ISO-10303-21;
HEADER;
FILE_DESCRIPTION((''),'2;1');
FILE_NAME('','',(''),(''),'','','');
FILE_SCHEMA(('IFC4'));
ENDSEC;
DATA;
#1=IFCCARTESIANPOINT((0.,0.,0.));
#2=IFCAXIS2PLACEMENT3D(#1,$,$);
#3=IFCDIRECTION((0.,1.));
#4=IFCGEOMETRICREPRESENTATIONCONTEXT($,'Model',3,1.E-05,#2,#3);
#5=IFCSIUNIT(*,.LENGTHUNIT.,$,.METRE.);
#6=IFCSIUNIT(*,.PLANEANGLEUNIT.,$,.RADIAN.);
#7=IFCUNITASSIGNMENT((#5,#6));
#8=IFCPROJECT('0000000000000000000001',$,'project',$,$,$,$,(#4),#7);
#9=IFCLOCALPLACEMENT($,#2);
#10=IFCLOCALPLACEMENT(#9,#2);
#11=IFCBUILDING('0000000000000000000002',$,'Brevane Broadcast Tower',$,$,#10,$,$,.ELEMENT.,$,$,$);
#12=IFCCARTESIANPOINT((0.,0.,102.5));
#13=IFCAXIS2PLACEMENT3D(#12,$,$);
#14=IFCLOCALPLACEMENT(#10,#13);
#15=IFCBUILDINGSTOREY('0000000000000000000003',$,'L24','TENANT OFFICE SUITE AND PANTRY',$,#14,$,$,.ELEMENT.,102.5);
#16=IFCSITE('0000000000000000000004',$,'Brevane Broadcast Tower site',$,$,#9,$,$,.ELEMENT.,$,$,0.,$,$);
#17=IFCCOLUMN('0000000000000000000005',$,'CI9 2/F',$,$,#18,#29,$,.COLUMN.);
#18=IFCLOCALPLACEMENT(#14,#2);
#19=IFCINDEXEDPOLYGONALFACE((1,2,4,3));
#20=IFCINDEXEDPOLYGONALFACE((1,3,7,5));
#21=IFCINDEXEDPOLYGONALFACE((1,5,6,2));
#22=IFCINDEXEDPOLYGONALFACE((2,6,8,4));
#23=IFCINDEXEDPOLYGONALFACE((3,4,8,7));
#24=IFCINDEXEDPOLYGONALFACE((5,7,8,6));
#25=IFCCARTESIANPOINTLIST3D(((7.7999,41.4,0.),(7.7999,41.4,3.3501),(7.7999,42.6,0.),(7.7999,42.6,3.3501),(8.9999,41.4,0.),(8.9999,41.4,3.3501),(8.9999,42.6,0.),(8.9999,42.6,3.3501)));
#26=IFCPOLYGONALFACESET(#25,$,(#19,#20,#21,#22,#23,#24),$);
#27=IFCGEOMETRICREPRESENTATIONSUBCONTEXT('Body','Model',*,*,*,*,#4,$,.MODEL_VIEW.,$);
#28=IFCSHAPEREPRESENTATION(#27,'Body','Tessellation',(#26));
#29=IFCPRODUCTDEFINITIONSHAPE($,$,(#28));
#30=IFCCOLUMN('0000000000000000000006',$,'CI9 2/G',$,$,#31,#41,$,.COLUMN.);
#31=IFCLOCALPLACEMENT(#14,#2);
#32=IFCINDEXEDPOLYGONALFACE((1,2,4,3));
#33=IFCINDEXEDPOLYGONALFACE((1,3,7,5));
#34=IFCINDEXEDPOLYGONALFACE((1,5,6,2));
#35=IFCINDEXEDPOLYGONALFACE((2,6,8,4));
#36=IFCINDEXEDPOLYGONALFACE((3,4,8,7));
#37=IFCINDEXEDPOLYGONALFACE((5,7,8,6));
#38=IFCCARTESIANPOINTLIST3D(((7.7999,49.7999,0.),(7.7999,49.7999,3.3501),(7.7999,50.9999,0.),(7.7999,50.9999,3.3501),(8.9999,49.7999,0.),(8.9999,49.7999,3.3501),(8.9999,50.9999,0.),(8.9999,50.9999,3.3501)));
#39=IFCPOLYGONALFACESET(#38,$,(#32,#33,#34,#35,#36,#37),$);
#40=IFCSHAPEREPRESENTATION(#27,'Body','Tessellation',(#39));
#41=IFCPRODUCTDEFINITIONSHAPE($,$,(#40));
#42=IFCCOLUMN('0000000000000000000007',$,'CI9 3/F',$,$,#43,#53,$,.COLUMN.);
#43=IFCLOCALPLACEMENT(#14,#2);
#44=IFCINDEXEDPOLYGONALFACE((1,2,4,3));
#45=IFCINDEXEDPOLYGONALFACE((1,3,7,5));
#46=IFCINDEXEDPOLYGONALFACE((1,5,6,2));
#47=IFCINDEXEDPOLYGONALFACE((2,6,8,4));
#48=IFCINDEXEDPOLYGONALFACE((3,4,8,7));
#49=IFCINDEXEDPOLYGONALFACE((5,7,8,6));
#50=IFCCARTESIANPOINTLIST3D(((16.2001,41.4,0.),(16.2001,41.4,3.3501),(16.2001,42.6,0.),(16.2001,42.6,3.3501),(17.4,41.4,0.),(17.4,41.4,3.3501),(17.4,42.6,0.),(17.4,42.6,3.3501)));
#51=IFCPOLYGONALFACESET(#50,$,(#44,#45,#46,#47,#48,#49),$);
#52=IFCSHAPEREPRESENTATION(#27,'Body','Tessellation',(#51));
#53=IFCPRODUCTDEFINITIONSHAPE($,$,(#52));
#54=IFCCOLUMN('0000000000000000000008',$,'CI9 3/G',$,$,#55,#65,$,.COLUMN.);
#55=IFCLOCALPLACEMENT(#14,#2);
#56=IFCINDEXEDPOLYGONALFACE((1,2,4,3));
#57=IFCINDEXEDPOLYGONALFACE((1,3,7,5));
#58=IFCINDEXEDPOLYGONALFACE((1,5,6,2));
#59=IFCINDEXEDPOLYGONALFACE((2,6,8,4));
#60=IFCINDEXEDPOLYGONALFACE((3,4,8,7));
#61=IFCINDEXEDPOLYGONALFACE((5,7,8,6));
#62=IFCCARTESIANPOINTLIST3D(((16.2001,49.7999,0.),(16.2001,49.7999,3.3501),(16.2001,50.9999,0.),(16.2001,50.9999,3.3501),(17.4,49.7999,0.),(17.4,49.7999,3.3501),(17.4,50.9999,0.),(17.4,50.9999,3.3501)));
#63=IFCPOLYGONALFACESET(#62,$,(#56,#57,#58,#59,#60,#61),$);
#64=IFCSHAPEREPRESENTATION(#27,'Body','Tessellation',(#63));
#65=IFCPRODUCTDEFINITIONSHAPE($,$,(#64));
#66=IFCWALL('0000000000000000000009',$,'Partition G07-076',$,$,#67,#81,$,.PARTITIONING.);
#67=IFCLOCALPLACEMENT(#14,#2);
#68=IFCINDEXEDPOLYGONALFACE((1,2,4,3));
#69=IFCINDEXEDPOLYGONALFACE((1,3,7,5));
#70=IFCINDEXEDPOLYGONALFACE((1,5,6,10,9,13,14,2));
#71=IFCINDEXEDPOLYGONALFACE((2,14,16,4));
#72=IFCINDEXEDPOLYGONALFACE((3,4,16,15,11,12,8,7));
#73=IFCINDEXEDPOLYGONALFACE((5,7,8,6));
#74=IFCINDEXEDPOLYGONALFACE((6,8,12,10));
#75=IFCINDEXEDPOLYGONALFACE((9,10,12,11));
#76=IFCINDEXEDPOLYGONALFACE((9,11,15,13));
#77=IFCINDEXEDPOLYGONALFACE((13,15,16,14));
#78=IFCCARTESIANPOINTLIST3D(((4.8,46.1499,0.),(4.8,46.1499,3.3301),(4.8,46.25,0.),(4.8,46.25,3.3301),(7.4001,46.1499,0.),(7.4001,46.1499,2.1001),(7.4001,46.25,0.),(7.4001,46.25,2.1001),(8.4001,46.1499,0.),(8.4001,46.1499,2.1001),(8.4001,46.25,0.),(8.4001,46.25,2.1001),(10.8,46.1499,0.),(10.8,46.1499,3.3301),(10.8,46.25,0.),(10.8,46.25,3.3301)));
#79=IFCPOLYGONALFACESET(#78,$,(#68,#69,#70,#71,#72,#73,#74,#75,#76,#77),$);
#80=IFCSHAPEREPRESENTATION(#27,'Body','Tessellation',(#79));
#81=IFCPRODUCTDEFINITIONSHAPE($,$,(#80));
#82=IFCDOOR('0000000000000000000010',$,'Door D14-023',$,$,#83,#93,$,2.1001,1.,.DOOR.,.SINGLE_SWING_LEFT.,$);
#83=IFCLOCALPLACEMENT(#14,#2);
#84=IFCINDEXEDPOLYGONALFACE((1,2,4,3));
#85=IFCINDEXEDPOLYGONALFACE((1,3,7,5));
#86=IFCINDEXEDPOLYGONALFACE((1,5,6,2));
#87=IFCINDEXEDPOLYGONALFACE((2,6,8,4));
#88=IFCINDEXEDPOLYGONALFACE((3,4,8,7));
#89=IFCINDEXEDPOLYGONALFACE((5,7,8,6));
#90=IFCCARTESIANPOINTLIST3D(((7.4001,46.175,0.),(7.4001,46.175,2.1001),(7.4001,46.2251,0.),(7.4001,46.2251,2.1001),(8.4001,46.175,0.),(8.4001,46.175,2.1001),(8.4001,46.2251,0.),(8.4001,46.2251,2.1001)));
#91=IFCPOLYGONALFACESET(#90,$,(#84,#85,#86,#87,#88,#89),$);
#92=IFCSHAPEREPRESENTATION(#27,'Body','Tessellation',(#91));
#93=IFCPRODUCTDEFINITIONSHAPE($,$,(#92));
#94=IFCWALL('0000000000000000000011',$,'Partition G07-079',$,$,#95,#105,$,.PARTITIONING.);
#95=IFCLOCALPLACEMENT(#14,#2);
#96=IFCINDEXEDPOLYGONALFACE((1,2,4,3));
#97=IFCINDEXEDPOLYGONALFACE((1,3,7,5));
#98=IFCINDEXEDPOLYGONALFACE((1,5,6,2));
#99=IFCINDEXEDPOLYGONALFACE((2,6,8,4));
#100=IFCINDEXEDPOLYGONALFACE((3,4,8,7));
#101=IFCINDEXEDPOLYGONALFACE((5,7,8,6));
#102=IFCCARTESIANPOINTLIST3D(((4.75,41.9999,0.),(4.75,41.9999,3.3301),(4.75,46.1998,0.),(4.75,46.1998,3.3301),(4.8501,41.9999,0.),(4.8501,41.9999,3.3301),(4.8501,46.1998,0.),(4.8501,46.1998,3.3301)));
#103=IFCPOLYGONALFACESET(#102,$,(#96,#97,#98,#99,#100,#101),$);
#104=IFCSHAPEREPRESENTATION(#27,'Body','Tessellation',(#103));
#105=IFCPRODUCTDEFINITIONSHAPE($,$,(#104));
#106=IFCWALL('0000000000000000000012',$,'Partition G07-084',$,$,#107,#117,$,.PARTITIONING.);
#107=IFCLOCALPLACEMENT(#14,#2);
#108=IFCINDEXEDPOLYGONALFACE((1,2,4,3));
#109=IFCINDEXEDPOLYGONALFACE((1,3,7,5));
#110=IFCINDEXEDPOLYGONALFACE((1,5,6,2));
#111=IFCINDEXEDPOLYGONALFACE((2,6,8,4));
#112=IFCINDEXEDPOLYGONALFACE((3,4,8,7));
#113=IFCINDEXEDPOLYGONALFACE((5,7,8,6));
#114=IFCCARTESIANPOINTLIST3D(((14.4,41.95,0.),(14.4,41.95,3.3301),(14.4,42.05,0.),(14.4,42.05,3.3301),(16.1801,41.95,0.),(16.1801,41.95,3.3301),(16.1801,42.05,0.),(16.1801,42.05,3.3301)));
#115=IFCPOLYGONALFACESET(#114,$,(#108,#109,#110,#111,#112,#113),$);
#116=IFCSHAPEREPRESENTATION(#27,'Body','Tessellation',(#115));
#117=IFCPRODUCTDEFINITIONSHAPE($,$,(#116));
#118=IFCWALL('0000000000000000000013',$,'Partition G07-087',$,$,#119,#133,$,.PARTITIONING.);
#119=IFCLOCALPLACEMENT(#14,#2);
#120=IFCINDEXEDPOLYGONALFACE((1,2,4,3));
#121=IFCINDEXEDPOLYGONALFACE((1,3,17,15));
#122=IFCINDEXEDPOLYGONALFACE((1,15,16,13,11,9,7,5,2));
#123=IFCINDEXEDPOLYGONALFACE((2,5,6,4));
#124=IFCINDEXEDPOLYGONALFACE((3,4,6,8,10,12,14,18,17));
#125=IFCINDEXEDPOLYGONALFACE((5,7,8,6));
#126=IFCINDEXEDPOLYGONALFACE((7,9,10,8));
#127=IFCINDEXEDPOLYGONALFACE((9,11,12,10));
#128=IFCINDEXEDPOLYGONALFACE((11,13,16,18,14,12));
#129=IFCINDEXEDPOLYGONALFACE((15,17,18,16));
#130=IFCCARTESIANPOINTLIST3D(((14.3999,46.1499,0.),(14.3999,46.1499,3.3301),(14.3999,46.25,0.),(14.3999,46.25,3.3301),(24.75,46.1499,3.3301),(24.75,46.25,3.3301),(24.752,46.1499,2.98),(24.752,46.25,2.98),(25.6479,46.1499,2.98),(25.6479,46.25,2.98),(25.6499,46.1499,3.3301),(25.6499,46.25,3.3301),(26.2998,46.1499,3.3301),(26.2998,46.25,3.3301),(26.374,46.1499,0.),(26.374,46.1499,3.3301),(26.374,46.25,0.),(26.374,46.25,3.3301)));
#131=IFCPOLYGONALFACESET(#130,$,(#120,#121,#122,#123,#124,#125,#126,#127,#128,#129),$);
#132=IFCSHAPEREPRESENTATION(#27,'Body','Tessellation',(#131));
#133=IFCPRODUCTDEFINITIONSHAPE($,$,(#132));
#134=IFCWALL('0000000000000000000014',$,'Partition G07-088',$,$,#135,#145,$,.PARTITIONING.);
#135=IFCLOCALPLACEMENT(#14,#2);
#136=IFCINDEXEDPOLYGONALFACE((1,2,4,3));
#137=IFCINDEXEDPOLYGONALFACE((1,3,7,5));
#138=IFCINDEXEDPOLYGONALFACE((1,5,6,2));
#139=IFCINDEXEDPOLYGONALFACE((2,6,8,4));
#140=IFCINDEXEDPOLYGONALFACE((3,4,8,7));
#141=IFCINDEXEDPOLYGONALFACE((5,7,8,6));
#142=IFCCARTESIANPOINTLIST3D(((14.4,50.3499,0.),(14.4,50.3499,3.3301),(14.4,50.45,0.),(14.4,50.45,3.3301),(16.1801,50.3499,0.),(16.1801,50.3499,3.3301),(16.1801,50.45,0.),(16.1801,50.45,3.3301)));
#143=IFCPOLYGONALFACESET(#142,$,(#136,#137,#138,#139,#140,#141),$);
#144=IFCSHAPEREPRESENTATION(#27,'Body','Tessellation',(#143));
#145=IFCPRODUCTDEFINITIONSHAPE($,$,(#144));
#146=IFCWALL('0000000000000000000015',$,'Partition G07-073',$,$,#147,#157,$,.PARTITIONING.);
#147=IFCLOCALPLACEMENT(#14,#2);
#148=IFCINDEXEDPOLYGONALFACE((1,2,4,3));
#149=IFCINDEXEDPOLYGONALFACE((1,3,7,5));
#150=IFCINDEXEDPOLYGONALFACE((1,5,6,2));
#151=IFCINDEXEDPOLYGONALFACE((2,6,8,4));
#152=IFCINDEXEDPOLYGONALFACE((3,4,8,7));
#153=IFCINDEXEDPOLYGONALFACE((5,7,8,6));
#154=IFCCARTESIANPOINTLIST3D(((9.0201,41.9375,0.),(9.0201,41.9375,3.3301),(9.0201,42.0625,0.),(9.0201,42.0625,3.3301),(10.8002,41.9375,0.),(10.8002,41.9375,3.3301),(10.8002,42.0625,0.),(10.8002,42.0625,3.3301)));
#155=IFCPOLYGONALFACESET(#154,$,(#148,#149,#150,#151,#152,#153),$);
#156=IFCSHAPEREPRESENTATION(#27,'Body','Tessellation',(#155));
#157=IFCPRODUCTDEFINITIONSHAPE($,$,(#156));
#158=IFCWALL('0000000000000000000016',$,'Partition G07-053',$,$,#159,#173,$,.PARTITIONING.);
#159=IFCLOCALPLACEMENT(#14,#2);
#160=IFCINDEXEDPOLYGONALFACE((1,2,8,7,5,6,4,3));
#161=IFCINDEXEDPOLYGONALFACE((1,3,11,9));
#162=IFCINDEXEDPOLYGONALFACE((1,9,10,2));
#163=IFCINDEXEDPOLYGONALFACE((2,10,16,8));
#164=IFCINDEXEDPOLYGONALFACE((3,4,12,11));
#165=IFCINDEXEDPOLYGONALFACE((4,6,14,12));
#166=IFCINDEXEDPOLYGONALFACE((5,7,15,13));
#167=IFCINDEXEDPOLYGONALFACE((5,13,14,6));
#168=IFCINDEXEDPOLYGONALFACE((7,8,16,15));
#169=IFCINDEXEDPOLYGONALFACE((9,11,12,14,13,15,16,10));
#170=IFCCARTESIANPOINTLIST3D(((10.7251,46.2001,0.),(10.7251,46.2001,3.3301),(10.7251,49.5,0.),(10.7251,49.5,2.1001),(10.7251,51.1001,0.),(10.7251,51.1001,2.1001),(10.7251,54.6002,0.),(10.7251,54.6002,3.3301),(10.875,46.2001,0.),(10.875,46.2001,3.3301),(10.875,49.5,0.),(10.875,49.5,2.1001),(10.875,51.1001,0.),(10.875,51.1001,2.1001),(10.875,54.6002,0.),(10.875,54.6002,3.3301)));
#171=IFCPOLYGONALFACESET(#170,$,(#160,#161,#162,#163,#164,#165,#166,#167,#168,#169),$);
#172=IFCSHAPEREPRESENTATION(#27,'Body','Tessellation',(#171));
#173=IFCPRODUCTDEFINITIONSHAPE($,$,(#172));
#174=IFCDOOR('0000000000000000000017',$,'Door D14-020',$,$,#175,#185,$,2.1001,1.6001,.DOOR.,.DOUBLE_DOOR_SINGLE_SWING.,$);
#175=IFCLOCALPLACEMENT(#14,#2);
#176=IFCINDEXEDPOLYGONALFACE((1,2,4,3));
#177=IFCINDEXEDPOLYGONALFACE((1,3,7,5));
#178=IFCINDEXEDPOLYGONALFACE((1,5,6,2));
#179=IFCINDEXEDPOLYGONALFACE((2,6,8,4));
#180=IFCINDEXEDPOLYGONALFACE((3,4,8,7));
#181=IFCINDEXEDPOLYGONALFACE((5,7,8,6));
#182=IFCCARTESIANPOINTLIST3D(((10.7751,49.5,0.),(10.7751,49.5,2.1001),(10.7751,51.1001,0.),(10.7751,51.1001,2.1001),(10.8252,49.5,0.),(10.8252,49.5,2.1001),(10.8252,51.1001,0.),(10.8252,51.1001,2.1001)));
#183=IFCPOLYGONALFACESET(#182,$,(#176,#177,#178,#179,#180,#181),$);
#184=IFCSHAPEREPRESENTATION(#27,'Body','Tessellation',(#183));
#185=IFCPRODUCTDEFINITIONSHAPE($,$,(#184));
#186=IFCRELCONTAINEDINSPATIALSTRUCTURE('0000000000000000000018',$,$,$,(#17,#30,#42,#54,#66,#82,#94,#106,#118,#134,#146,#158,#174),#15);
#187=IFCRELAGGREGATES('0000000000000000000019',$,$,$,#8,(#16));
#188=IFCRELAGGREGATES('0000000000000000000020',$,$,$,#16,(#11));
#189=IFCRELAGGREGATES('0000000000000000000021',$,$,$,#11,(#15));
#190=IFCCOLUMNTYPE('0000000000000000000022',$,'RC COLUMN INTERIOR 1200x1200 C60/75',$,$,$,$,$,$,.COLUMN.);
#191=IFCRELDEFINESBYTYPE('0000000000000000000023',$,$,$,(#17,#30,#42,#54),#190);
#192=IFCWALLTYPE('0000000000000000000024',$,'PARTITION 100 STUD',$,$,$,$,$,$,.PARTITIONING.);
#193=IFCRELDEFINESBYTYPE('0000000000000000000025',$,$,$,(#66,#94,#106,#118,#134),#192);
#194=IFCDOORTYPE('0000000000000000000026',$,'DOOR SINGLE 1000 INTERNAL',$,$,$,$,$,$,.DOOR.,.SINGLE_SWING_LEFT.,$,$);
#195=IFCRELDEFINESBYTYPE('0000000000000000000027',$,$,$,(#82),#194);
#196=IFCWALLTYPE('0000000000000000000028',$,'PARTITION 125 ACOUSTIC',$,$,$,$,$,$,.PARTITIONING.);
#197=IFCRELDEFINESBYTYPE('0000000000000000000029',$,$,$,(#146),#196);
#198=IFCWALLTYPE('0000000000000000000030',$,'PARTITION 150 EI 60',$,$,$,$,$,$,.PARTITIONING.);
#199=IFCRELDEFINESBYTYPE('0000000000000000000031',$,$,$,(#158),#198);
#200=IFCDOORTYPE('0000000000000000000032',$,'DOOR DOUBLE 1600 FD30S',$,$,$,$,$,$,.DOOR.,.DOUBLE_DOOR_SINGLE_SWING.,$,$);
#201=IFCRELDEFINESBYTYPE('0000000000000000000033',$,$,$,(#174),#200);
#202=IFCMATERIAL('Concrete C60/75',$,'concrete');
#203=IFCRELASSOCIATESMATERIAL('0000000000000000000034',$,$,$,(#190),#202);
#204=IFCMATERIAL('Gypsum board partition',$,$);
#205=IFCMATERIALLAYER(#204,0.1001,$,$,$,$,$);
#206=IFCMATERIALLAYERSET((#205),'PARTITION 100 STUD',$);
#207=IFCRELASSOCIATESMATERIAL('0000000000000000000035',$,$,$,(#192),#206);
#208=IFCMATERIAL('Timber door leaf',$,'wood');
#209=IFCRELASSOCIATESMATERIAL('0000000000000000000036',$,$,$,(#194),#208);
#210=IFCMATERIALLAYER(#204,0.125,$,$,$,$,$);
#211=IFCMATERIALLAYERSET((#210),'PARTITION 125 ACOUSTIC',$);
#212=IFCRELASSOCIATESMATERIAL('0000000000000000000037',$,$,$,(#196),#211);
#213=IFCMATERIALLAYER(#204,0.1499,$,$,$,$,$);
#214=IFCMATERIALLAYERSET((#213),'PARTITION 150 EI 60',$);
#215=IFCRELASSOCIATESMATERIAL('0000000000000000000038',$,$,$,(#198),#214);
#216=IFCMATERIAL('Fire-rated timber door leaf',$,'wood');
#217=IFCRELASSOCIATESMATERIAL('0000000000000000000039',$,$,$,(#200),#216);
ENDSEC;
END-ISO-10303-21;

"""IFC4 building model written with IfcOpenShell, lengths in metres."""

from ifc_helpers import new_model, si_unit, direction, frame, frame_2d, origin, origin_2d, place, context, subcontext, project, spatial, polyline, rectangle, outline, extrude, material, layer, layer_set, material_profile, profile_set, type_object, element, fill, save


model = new_model("IFC4")

# Units and contexts
model_context = context("Model", 3, precision=1e-05, world=origin(), true_north=direction((0.0, 1.0)))
body_context = subcontext(model_context, "Body", "Model", "MODEL_VIEW")
ifc_project = project(units=[si_unit("LENGTHUNIT", "METRE"), si_unit("PLANEANGLEUNIT", "RADIAN")], contexts=[model_context])

# Site, building, storey
site_placement = place(None, origin())
site = spatial("IfcSite", under=ifc_project, at=site_placement, Name="Brevane Broadcast Tower site", CompositionType="ELEMENT", RefElevation=0.0)
building_placement = place(site_placement, origin())
building = spatial("IfcBuilding", under=site, at=building_placement, Name="Brevane Broadcast Tower", CompositionType="ELEMENT")
storey_placement = place(building_placement, frame((0.0, 0.0, 102.5)))
storey = spatial("IfcBuildingStorey", under=building, at=storey_placement, Name="L24", Description="TENANT OFFICE SUITE AND PANTRY", CompositionType="ELEMENT", Elevation=102.5)

# Columns
ifc_material_1 = material(Name="Concrete C60/75", Category="concrete")
ifc_material_profile = material_profile(ifc_material_1, rectangle(XDim=1.2, YDim=1.2, at=origin_2d()), Name="RC 1200x1200")
ifc_profile_set = profile_set([ifc_material_profile], Name="Concrete C60/75")
column_type = type_object("IfcColumnType", Name="RC COLUMN INTERIOR 1200x1200 C60/75", PredefinedType="COLUMN", material=ifc_profile_set)
for number, where, z_axis, x_axis, name in (
    (1, (8.3999, 42.0, 0.0), (0.0, 0.0, 1.0), (1.0, 0.0, 0.0), "CI9 2/F"),
    (2, (8.3999, 50.3999, 0.0), (0.0, 0.0, 1.0), (1.0, 0.0, 0.0), "CI9 2/G"),
    (3, (16.8, 42.0, 0.0), (0.0, 0.0, 1.0), (1.0, 0.0, 0.0), "CI9 3/F"),
    (4, (16.8, 50.3999, 0.0), (0.0, 0.0, 1.0), (1.0, 0.0, 0.0), "CI9 3/G"),
):
    element("IfcColumn", number, at=place(storey_placement, frame(where, z_axis=z_axis, x_axis=x_axis)), inside=storey, type_object=column_type, Name=name, PredefinedType="COLUMN", context=body_context, shape_type="SweptSolid", body=[
        extrude(rectangle(XDim=1.2, YDim=1.2, at=origin_2d()), origin(), (0.0, 0.0, 1.0), 3.3501),
    ])

# Wall, opening, door
ifc_material_2 = material(Name="Gypsum board partition")
ifc_layer_1 = layer(ifc_material_2, 0.1001)
ifc_layer_set_1 = layer_set([ifc_layer_1], Name="PARTITION 100 STUD")
wall_type_1 = type_object("IfcWallType", Name="PARTITION 100 STUD", PredefinedType="PARTITIONING", material=ifc_layer_set_1)
wall_1_placement = place(storey_placement, frame((10.8, 46.2, 0.0), z_axis=(0.0, 0.0, 1.0), x_axis=(-1.0, 0.0, 0.0)))
wall_1 = element("IfcWall", 5, at=wall_1_placement, inside=storey, type_object=wall_type_1, Name="Partition G07-076", PredefinedType="PARTITIONING", context=body_context, shape_type="SweptSolid", body=[
    extrude(rectangle(XDim=6.0, YDim=0.1001, at=frame_2d((3.0, 0.0))), origin(), (0.0, 0.0, 1.0), 3.3301),
])
opening_1_placement = place(wall_1_placement, frame((2.3999, 0.0, 0.0)))
opening_1 = element("IfcOpeningElement", 6, at=opening_1_placement, cuts=wall_1, PredefinedType="OPENING", context=body_context, shape_type="SweptSolid", body=[
    extrude(rectangle(XDim=1.0, YDim=2.1001, at=frame_2d((0.5, 1.05))), frame((0.0, 0.0601, 0.0), z_axis=(0.0, -1.0, 0.0), x_axis=(1.0, 0.0, 0.0)), (0.0, 0.0, 1.0), 0.1201),
])
ifc_material_3 = material(Name="Timber door leaf", Category="wood")
door_type_1 = type_object("IfcDoorType", Name="DOOR SINGLE 1000 INTERNAL", OperationType="SINGLE_SWING_LEFT", PredefinedType="DOOR", material=ifc_material_3)
door_1_placement = place(opening_1_placement, origin())
door_1 = element("IfcDoor", 7, at=door_1_placement, inside=storey, type_object=door_type_1, Name="Door D14-023", OperationType="SINGLE_SWING_LEFT", OverallHeight=2.1001, OverallWidth=1.0, PredefinedType="DOOR", context=body_context, shape_type="SweptSolid", body=[
    extrude(rectangle(XDim=1.0, YDim=2.1001, at=frame_2d((0.5, 1.05))), frame((0.0, 0.0249, 0.0), z_axis=(0.0, -1.0, 0.0), x_axis=(1.0, 0.0, 0.0)), (0.0, 0.0, 1.0), 0.05),
])
fill(opening_1, door_1)

# Walls
wall_2_placement = place(storey_placement, frame((4.8, 46.2, 0.0), z_axis=(0.0, 0.0, 1.0), x_axis=(0.0, -1.0, 0.0)))
element("IfcWall", 8, at=wall_2_placement, inside=storey, type_object=wall_type_1, Name="Partition G07-079", PredefinedType="PARTITIONING", context=body_context, shape_type="SweptSolid", body=[
    extrude(rectangle(XDim=4.2, YDim=0.1001, at=frame_2d((2.1001, 0.0))), origin(), (0.0, 0.0, 1.0), 3.3301),
])
wall_3_placement = place(storey_placement, frame((14.3999, 42.0, 0.0), z_axis=(0.0, 0.0, 1.0), x_axis=(1.0, 0.0, 0.0)))
element("IfcWall", 9, at=wall_3_placement, inside=storey, type_object=wall_type_1, Name="Partition G07-084", PredefinedType="PARTITIONING", context=body_context, shape_type="SweptSolid", body=[
    extrude(rectangle(XDim=1.78, YDim=0.1001, at=frame_2d((0.8901, 0.0))), origin(), (0.0, 0.0, 1.0), 3.3301),
])
wall_4_placement = place(storey_placement, frame((14.3999, 46.2, 0.0), z_axis=(0.0, 0.0, 1.0), x_axis=(1.0, 0.0, 0.0)))
element("IfcWall", 10, at=wall_4_placement, inside=storey, type_object=wall_type_1, Name="Partition G07-087", PredefinedType="PARTITIONING", context=body_context, shape_type="SweptSolid", body=[
    extrude(outline(polyline([(0.0, 0.0), (11.9741, 0.0), (11.9741, 3.3301), (11.8999, 3.3301), (11.25, 3.3301), (11.248, 2.98), (10.3521, 2.98), (10.3501, 3.3301), (0.0, 3.3301), (0.0, 0.0)])), frame((0.0, 0.05, 0.0), z_axis=(0.0, -1.0, 0.0), x_axis=(1.0, 0.0, 0.0)), (0.0, 0.0, 1.0), 0.1001),
])
wall_5_placement = place(storey_placement, frame((14.3999, 50.3999, 0.0), z_axis=(0.0, 0.0, 1.0), x_axis=(1.0, 0.0, 0.0)))
element("IfcWall", 11, at=wall_5_placement, inside=storey, type_object=wall_type_1, Name="Partition G07-088", PredefinedType="PARTITIONING", context=body_context, shape_type="SweptSolid", body=[
    extrude(rectangle(XDim=1.78, YDim=0.1001, at=frame_2d((0.8901, 0.0))), origin(), (0.0, 0.0, 1.0), 3.3301),
])
ifc_layer_2 = layer(ifc_material_2, 0.125)
ifc_layer_set_2 = layer_set([ifc_layer_2], Name="PARTITION 125 ACOUSTIC")
wall_type_2 = type_object("IfcWallType", Name="PARTITION 125 ACOUSTIC", PredefinedType="PARTITIONING", material=ifc_layer_set_2)
wall_6_placement = place(storey_placement, frame((9.02, 42.0, 0.0), z_axis=(0.0, 0.0, 1.0), x_axis=(1.0, 0.0, 0.0)))
element("IfcWall", 12, at=wall_6_placement, inside=storey, type_object=wall_type_2, Name="Partition G07-073", PredefinedType="PARTITIONING", context=body_context, shape_type="SweptSolid", body=[
    extrude(rectangle(XDim=1.78, YDim=0.125, at=frame_2d((0.8901, 0.0))), origin(), (0.0, 0.0, 1.0), 3.3301),
])

# Wall, opening, door
ifc_layer_3 = layer(ifc_material_2, 0.1499)
ifc_layer_set_3 = layer_set([ifc_layer_3], Name="PARTITION 150 EI 60")
wall_type_3 = type_object("IfcWallType", Name="PARTITION 150 EI 60", PredefinedType="PARTITIONING", material=ifc_layer_set_3)
wall_7_placement = place(storey_placement, frame((10.8, 46.2, 0.0), z_axis=(0.0, 0.0, 1.0), x_axis=(0.0, 1.0, 0.0)))
wall_7 = element("IfcWall", 13, at=wall_7_placement, inside=storey, type_object=wall_type_3, Name="Partition G07-053", PredefinedType="PARTITIONING", context=body_context, shape_type="SweptSolid", body=[
    extrude(rectangle(XDim=8.4001, YDim=0.1499, at=frame_2d((4.2002, 0.0))), origin(), (0.0, 0.0, 1.0), 3.3301),
])
opening_2_placement = place(wall_7_placement, frame((3.3, 0.0, 0.0)))
opening_2 = element("IfcOpeningElement", 14, at=opening_2_placement, cuts=wall_7, PredefinedType="OPENING", context=body_context, shape_type="SweptSolid", body=[
    extrude(rectangle(XDim=1.6001, YDim=2.1001, at=frame_2d((0.8, 1.05))), frame((0.0, 0.085, 0.0), z_axis=(0.0, -1.0, 0.0), x_axis=(1.0, 0.0, 0.0)), (0.0, 0.0, 1.0), 0.1699),
])
ifc_material_4 = material(Name="Fire-rated timber door leaf", Category="wood")
door_type_2 = type_object("IfcDoorType", Name="DOOR DOUBLE 1600 FD30S", OperationType="DOUBLE_DOOR_SINGLE_SWING", PredefinedType="DOOR", material=ifc_material_4)
door_2_placement = place(opening_2_placement, origin())
door_2 = element("IfcDoor", 15, at=door_2_placement, inside=storey, type_object=door_type_2, Name="Door D14-020", OperationType="DOUBLE_DOOR_SINGLE_SWING", OverallHeight=2.1001, OverallWidth=1.6001, PredefinedType="DOOR", context=body_context, shape_type="SweptSolid", body=[
    extrude(rectangle(XDim=1.6001, YDim=2.1001, at=frame_2d((0.8, 1.05))), frame((0.0, 0.0249, 0.0), z_axis=(0.0, -1.0, 0.0), x_axis=(1.0, 0.0, 0.0)), (0.0, 0.0, 1.0), 0.05),
])
fill(opening_2, door_2)

save(model, "model.ifc")
